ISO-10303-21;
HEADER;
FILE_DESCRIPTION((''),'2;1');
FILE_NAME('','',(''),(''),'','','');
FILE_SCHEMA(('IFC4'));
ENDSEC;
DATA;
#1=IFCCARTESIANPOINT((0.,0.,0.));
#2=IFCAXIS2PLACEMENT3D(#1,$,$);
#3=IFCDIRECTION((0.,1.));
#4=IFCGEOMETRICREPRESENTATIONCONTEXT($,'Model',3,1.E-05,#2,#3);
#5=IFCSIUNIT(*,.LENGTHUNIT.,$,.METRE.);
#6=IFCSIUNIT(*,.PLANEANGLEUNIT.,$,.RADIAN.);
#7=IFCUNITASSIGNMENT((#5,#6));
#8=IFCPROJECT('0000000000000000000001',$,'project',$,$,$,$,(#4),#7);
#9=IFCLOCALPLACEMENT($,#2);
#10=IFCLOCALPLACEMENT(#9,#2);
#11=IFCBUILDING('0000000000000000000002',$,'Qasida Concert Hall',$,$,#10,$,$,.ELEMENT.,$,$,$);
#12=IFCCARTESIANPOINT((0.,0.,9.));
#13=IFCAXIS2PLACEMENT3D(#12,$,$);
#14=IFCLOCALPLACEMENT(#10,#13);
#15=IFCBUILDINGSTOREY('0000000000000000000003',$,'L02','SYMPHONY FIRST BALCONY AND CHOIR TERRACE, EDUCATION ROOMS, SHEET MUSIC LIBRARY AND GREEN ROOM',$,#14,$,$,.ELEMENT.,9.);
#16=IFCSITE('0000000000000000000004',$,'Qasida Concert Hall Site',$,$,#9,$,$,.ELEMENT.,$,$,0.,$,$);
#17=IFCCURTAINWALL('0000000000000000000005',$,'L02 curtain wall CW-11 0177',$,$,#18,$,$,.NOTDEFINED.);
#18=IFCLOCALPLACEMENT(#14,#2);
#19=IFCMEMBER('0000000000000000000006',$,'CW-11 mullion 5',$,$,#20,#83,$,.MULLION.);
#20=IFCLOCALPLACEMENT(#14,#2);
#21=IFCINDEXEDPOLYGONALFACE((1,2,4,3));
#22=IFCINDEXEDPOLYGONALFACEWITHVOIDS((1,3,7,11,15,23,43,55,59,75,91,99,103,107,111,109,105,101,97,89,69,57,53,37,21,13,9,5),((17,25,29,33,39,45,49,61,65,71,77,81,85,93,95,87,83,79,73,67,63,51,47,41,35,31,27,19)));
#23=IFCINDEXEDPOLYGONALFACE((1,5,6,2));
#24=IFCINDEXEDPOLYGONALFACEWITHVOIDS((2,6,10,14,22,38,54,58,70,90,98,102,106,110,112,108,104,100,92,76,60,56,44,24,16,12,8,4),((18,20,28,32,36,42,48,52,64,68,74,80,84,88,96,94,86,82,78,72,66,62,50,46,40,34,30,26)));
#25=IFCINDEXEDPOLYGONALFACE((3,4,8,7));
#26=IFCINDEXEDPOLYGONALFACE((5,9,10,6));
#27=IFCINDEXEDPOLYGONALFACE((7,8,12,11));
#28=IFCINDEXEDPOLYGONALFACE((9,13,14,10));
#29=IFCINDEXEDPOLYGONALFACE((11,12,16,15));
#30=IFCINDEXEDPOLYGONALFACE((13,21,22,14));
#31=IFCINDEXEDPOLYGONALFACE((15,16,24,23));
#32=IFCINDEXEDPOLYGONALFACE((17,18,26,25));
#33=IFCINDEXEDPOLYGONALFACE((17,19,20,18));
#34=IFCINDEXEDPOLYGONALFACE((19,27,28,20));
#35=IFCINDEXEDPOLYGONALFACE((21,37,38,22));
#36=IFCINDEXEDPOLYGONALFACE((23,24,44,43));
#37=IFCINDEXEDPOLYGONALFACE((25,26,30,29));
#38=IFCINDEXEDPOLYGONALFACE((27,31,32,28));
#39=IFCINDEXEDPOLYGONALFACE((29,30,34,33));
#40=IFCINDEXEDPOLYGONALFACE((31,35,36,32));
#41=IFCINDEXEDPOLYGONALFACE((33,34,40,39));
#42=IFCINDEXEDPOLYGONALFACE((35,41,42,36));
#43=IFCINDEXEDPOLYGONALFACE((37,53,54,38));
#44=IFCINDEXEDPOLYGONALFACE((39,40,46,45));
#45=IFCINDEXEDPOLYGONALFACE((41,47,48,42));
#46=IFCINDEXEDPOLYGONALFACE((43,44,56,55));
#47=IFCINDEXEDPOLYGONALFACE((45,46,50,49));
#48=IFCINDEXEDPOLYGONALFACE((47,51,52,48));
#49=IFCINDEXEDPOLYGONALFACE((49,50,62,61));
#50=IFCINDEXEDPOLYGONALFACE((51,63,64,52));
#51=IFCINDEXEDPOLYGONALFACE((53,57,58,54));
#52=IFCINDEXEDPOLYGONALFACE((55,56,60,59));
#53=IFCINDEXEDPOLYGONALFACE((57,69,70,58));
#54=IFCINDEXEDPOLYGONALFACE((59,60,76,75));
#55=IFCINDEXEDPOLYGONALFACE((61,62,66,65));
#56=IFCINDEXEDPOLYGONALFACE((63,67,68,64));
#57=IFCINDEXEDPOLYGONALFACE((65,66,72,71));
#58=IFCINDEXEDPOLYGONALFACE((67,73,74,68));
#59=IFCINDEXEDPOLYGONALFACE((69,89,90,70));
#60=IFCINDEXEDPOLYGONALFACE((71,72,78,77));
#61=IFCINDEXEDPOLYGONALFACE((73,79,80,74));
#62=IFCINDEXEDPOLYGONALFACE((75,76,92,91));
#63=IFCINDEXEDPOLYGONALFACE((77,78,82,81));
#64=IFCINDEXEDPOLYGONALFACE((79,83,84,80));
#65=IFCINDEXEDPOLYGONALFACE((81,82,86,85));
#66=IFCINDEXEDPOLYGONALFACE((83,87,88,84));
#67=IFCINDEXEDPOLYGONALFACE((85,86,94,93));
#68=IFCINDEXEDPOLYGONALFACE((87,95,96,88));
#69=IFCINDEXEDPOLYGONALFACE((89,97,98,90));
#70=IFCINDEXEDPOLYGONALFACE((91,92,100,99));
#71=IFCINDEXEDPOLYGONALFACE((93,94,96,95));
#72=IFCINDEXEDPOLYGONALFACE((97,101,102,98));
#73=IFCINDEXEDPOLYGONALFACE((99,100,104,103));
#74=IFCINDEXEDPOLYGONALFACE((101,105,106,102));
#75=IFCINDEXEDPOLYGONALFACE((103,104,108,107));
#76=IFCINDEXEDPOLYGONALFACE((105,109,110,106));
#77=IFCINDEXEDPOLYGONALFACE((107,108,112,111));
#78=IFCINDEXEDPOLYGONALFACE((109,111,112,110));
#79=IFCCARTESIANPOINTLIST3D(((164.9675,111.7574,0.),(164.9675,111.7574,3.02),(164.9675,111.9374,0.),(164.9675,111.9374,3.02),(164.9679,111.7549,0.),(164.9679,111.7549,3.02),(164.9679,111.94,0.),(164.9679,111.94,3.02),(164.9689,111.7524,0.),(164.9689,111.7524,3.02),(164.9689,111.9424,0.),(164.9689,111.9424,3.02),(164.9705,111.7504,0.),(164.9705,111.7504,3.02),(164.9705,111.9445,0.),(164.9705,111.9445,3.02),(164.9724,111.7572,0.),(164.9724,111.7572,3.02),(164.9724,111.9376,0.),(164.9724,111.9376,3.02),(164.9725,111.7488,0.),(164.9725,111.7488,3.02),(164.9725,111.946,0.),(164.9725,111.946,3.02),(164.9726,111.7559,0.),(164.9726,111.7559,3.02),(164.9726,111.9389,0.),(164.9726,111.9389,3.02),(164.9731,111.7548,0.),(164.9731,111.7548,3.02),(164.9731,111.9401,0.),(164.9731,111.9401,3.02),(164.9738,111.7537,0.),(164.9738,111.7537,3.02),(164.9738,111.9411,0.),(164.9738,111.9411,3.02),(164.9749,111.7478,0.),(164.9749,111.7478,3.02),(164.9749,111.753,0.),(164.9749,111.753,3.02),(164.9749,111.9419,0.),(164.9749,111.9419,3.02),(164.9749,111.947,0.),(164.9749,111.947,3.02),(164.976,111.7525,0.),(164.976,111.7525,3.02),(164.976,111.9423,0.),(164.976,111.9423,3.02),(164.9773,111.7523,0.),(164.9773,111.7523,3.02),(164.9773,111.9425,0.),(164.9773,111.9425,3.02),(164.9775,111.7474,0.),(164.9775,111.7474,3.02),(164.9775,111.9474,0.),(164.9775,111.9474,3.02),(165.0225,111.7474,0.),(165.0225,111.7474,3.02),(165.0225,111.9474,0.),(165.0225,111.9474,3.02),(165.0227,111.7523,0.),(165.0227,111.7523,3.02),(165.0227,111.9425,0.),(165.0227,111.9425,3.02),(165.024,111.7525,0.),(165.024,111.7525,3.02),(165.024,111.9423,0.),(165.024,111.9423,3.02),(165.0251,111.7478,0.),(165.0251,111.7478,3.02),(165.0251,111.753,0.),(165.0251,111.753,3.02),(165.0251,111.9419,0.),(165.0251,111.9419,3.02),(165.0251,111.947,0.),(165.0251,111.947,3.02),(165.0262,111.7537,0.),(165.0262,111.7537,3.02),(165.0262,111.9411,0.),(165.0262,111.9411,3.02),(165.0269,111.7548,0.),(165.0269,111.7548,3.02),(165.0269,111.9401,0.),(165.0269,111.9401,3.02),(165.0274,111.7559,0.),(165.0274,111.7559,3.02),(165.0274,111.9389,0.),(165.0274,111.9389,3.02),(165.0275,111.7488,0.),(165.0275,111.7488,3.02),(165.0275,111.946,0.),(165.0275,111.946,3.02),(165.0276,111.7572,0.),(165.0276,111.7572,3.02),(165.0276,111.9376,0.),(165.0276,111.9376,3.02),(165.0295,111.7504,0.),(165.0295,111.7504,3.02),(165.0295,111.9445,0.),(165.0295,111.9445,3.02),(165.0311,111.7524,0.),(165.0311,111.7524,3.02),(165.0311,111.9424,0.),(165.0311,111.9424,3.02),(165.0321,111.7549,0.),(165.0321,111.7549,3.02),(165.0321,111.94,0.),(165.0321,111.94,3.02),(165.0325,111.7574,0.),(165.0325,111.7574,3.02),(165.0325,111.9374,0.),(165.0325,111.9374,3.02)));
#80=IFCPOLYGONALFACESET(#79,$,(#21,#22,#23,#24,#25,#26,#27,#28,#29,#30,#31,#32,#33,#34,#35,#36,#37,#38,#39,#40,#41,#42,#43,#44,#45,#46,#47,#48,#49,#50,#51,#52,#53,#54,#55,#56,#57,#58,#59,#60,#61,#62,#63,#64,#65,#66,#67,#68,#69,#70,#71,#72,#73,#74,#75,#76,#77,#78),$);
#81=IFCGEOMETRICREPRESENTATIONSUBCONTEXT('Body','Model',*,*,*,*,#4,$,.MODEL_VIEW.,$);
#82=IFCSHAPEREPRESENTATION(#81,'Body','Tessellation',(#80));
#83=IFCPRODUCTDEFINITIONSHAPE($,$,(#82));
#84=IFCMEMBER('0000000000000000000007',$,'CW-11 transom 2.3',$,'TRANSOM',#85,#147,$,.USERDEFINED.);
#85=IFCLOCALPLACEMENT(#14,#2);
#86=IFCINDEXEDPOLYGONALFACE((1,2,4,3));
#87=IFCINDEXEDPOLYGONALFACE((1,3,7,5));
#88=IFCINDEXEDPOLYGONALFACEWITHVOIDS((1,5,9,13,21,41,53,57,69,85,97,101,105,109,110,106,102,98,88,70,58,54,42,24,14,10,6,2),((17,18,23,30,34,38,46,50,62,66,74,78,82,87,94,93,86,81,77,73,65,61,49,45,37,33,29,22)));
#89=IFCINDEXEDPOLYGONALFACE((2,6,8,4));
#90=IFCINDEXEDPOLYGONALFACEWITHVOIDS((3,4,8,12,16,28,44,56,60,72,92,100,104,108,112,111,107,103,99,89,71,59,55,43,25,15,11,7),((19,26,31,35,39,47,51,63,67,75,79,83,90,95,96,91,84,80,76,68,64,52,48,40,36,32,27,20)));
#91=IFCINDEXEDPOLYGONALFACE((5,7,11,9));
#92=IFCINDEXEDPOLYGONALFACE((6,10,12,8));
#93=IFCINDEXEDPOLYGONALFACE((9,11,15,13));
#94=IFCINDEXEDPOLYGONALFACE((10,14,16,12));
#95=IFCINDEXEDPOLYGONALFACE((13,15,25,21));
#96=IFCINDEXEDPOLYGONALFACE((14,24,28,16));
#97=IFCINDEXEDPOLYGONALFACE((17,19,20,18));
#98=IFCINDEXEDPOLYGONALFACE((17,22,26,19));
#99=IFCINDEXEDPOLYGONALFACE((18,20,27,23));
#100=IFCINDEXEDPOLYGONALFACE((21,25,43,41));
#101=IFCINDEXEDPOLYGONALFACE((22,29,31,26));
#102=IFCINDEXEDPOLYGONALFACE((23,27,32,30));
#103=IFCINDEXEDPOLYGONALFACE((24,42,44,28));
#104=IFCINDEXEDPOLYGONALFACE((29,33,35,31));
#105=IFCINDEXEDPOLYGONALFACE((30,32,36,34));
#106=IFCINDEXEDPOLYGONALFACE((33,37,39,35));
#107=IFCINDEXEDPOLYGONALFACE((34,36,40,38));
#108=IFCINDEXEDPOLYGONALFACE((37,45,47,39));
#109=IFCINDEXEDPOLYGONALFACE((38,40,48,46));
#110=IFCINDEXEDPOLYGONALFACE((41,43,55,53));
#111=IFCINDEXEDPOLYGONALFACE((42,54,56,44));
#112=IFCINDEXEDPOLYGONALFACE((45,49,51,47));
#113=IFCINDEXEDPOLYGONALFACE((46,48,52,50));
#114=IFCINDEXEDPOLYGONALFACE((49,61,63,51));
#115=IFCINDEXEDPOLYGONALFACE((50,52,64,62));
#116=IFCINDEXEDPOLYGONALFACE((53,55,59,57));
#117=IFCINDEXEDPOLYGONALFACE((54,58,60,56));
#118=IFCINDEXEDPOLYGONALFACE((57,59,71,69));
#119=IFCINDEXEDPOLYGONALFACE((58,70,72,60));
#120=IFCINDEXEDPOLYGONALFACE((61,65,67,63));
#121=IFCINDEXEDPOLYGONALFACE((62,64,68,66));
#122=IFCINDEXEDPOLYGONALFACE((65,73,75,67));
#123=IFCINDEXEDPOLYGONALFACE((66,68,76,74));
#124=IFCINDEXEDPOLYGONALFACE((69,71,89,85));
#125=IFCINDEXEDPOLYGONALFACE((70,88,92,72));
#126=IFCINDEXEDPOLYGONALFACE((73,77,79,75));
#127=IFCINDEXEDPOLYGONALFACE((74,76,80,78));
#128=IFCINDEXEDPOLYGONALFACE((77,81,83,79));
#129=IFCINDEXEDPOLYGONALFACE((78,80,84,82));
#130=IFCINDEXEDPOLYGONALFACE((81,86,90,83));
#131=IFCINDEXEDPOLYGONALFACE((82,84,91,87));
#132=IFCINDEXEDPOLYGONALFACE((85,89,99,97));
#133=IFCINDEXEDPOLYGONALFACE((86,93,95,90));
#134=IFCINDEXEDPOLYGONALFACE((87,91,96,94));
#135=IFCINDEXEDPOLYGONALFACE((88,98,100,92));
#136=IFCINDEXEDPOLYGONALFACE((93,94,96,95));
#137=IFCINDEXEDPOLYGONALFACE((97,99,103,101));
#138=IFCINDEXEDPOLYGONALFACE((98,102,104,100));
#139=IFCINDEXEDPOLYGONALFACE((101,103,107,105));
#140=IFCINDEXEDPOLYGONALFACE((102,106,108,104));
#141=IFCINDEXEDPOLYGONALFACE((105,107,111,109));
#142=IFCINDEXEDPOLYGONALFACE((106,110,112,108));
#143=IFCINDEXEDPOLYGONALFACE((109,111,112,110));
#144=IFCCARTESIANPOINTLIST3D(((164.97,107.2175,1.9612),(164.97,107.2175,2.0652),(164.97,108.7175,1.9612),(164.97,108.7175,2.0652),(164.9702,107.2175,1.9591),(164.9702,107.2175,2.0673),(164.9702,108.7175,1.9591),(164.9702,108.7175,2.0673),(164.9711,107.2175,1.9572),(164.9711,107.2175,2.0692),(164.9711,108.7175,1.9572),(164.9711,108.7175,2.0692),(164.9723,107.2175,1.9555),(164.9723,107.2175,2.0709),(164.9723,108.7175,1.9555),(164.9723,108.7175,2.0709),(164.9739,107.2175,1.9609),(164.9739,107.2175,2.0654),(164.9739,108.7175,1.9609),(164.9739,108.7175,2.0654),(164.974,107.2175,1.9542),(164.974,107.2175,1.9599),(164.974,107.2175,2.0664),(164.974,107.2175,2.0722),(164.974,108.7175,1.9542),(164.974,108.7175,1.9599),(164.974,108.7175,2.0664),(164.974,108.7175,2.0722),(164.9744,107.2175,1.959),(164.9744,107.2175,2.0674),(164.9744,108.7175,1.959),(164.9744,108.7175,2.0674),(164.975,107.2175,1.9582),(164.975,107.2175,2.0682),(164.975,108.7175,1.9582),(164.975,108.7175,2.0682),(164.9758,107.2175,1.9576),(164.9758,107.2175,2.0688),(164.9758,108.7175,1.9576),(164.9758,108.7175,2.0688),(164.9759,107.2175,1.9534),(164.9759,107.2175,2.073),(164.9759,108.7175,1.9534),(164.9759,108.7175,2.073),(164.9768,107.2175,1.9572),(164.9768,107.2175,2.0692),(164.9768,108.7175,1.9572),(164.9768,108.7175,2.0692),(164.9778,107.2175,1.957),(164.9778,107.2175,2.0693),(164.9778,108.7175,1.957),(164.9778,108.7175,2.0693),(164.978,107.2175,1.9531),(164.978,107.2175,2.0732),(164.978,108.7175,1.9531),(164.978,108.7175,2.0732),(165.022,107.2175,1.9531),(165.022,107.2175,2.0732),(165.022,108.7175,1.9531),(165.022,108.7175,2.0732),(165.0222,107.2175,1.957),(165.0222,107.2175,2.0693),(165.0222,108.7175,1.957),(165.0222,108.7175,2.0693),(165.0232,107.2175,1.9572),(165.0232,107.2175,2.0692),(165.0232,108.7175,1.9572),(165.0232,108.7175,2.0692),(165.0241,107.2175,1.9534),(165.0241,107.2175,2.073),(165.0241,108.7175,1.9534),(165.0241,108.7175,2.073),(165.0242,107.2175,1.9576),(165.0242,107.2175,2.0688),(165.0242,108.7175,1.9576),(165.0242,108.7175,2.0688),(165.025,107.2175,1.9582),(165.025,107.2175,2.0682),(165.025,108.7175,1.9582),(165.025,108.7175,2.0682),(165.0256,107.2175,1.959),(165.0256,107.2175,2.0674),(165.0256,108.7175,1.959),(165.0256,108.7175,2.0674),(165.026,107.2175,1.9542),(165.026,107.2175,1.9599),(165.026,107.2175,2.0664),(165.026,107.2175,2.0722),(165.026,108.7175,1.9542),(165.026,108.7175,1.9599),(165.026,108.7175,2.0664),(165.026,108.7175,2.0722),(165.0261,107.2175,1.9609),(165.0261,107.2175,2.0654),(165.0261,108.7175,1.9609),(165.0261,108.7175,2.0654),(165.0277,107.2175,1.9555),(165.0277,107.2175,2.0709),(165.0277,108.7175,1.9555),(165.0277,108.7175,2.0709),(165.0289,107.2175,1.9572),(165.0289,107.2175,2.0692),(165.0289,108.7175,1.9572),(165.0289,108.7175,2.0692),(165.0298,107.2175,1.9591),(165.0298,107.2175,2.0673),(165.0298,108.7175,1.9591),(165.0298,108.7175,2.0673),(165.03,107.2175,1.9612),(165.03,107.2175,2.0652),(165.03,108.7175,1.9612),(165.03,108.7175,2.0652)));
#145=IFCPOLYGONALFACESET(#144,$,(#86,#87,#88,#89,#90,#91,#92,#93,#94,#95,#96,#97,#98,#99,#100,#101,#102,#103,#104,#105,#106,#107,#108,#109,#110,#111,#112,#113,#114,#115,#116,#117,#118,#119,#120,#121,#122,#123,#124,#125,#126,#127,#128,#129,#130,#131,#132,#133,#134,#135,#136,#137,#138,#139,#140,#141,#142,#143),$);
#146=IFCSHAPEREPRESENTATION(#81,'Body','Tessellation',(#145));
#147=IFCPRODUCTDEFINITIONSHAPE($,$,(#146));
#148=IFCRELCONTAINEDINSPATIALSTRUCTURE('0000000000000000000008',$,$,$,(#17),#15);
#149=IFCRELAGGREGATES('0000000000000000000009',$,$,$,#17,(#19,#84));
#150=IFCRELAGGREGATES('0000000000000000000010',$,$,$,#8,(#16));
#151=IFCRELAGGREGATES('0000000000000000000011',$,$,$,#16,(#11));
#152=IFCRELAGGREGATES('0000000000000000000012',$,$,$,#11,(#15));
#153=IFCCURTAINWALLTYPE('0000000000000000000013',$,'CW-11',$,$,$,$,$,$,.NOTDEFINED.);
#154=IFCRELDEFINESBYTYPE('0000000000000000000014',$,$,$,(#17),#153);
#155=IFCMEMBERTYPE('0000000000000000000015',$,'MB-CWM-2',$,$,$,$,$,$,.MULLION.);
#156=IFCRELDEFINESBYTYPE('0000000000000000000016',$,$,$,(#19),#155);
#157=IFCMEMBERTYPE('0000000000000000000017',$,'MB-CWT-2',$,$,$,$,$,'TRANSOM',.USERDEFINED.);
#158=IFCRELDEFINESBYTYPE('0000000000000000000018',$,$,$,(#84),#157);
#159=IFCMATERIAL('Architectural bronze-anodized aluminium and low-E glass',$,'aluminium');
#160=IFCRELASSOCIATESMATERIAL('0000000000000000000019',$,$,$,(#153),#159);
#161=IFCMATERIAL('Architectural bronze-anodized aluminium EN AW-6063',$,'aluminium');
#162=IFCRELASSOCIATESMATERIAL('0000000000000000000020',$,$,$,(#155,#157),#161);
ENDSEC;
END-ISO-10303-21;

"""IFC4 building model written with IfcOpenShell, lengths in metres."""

from ifc_helpers import new_model, si_unit, direction, frame, origin, origin_2d, place, context, subcontext, project, spatial, hollow_rectangle, extrude, material, material_profile, profile_set, type_object, element, aggregate, save


model = new_model("IFC4")

# Units and contexts
model_context = context("Model", 3, precision=1e-05, world=origin(), true_north=direction((0.0, 1.0)))
body_context = subcontext(model_context, "Body", "Model", "MODEL_VIEW")
ifc_project = project(units=[si_unit("LENGTHUNIT", "METRE"), si_unit("PLANEANGLEUNIT", "RADIAN")], contexts=[model_context])

# Site, building, storey
site_placement = place(None, origin())
site = spatial("IfcSite", under=ifc_project, at=site_placement, Name="Qasida Concert Hall Site", CompositionType="ELEMENT", RefElevation=0.0)
building_placement = place(site_placement, origin())
building = spatial("IfcBuilding", under=site, at=building_placement, Name="Qasida Concert Hall", CompositionType="ELEMENT")
storey_placement = place(building_placement, frame((0.0, 0.0, 9.0)))
storey = spatial("IfcBuildingStorey", under=building, at=storey_placement, Name="L02", Description="SYMPHONY FIRST BALCONY AND CHOIR TERRACE, EDUCATION ROOMS, SHEET MUSIC LIBRARY AND GREEN ROOM", CompositionType="ELEMENT", Elevation=9.0)

# Curtain wall, members
ifc_material_1 = material(Name="Architectural bronze-anodized aluminium and low-E glass", Category="aluminium")
curtain_wall_type = type_object("IfcCurtainWallType", Name="CW-11", PredefinedType="NOTDEFINED", material=ifc_material_1)
curtain_wall_placement = place(storey_placement, origin())
curtain_wall = element("IfcCurtainWall", 1, at=curtain_wall_placement, inside=storey, type_object=curtain_wall_type, Name="L02 curtain wall CW-11 0177", PredefinedType="NOTDEFINED")
ifc_material_2 = material(Name="Architectural bronze-anodized aluminium EN AW-6063", Category="aluminium")
ifc_material_profile_1 = material_profile(ifc_material_2, hollow_rectangle(XDim=0.0649, YDim=0.2, WallThickness=0.0049, InnerFilletRadius=0.0049, OuterFilletRadius=0.01, at=origin_2d()), Name="CWM 200x65x5")
ifc_profile_set_1 = profile_set([ifc_material_profile_1], Name="Architectural bronze-anodized aluminium EN AW-6063")
member_type_1 = type_object("IfcMemberType", Name="MB-CWM-2", PredefinedType="MULLION", material=ifc_profile_set_1)
member_1_placement = place(storey_placement, frame((165.0, 111.8474, 0.0), z_axis=(0.0, 0.0, 1.0), x_axis=(-1.0, 0.0, 0.0)))
member_1 = element("IfcMember", 2, at=member_1_placement, type_object=member_type_1, Name="CW-11 mullion 5", PredefinedType="MULLION", context=body_context, shape_type="SweptSolid", body=[
    extrude(hollow_rectangle(XDim=0.0649, YDim=0.2, WallThickness=0.0049, InnerFilletRadius=0.0049, OuterFilletRadius=0.01, at=origin_2d()), origin(), (0.0, 0.0, 1.0), 3.02),
])
ifc_material_profile_2 = material_profile(ifc_material_2, hollow_rectangle(XDim=0.0601, YDim=0.1201, WallThickness=0.0039, InnerFilletRadius=0.0039, OuterFilletRadius=0.0081, at=origin_2d()), Name="CWT 120x60x4")
ifc_profile_set_2 = profile_set([ifc_material_profile_2], Name="Architectural bronze-anodized aluminium EN AW-6063")
member_type_2 = type_object("IfcMemberType", Name="MB-CWT-2", ElementType="TRANSOM", PredefinedType="USERDEFINED", material=ifc_profile_set_2)
member_2_placement = place(storey_placement, frame((165.0, 107.2175, 2.0132), z_axis=(0.0, 1.0, 0.0), x_axis=(-1.0, 0.0, 0.0)))
member_2 = element("IfcMember", 3, at=member_2_placement, type_object=member_type_2, Name="CW-11 transom 2.3", ObjectType="TRANSOM", PredefinedType="USERDEFINED", context=body_context, shape_type="SweptSolid", body=[
    extrude(hollow_rectangle(XDim=0.0601, YDim=0.1201, WallThickness=0.0039, InnerFilletRadius=0.0039, OuterFilletRadius=0.0081, at=origin_2d()), origin(), (0.0, 0.0, 1.0), 1.5),
])
aggregate(curtain_wall, [member_1, member_2])

save(model, "model.ifc")
